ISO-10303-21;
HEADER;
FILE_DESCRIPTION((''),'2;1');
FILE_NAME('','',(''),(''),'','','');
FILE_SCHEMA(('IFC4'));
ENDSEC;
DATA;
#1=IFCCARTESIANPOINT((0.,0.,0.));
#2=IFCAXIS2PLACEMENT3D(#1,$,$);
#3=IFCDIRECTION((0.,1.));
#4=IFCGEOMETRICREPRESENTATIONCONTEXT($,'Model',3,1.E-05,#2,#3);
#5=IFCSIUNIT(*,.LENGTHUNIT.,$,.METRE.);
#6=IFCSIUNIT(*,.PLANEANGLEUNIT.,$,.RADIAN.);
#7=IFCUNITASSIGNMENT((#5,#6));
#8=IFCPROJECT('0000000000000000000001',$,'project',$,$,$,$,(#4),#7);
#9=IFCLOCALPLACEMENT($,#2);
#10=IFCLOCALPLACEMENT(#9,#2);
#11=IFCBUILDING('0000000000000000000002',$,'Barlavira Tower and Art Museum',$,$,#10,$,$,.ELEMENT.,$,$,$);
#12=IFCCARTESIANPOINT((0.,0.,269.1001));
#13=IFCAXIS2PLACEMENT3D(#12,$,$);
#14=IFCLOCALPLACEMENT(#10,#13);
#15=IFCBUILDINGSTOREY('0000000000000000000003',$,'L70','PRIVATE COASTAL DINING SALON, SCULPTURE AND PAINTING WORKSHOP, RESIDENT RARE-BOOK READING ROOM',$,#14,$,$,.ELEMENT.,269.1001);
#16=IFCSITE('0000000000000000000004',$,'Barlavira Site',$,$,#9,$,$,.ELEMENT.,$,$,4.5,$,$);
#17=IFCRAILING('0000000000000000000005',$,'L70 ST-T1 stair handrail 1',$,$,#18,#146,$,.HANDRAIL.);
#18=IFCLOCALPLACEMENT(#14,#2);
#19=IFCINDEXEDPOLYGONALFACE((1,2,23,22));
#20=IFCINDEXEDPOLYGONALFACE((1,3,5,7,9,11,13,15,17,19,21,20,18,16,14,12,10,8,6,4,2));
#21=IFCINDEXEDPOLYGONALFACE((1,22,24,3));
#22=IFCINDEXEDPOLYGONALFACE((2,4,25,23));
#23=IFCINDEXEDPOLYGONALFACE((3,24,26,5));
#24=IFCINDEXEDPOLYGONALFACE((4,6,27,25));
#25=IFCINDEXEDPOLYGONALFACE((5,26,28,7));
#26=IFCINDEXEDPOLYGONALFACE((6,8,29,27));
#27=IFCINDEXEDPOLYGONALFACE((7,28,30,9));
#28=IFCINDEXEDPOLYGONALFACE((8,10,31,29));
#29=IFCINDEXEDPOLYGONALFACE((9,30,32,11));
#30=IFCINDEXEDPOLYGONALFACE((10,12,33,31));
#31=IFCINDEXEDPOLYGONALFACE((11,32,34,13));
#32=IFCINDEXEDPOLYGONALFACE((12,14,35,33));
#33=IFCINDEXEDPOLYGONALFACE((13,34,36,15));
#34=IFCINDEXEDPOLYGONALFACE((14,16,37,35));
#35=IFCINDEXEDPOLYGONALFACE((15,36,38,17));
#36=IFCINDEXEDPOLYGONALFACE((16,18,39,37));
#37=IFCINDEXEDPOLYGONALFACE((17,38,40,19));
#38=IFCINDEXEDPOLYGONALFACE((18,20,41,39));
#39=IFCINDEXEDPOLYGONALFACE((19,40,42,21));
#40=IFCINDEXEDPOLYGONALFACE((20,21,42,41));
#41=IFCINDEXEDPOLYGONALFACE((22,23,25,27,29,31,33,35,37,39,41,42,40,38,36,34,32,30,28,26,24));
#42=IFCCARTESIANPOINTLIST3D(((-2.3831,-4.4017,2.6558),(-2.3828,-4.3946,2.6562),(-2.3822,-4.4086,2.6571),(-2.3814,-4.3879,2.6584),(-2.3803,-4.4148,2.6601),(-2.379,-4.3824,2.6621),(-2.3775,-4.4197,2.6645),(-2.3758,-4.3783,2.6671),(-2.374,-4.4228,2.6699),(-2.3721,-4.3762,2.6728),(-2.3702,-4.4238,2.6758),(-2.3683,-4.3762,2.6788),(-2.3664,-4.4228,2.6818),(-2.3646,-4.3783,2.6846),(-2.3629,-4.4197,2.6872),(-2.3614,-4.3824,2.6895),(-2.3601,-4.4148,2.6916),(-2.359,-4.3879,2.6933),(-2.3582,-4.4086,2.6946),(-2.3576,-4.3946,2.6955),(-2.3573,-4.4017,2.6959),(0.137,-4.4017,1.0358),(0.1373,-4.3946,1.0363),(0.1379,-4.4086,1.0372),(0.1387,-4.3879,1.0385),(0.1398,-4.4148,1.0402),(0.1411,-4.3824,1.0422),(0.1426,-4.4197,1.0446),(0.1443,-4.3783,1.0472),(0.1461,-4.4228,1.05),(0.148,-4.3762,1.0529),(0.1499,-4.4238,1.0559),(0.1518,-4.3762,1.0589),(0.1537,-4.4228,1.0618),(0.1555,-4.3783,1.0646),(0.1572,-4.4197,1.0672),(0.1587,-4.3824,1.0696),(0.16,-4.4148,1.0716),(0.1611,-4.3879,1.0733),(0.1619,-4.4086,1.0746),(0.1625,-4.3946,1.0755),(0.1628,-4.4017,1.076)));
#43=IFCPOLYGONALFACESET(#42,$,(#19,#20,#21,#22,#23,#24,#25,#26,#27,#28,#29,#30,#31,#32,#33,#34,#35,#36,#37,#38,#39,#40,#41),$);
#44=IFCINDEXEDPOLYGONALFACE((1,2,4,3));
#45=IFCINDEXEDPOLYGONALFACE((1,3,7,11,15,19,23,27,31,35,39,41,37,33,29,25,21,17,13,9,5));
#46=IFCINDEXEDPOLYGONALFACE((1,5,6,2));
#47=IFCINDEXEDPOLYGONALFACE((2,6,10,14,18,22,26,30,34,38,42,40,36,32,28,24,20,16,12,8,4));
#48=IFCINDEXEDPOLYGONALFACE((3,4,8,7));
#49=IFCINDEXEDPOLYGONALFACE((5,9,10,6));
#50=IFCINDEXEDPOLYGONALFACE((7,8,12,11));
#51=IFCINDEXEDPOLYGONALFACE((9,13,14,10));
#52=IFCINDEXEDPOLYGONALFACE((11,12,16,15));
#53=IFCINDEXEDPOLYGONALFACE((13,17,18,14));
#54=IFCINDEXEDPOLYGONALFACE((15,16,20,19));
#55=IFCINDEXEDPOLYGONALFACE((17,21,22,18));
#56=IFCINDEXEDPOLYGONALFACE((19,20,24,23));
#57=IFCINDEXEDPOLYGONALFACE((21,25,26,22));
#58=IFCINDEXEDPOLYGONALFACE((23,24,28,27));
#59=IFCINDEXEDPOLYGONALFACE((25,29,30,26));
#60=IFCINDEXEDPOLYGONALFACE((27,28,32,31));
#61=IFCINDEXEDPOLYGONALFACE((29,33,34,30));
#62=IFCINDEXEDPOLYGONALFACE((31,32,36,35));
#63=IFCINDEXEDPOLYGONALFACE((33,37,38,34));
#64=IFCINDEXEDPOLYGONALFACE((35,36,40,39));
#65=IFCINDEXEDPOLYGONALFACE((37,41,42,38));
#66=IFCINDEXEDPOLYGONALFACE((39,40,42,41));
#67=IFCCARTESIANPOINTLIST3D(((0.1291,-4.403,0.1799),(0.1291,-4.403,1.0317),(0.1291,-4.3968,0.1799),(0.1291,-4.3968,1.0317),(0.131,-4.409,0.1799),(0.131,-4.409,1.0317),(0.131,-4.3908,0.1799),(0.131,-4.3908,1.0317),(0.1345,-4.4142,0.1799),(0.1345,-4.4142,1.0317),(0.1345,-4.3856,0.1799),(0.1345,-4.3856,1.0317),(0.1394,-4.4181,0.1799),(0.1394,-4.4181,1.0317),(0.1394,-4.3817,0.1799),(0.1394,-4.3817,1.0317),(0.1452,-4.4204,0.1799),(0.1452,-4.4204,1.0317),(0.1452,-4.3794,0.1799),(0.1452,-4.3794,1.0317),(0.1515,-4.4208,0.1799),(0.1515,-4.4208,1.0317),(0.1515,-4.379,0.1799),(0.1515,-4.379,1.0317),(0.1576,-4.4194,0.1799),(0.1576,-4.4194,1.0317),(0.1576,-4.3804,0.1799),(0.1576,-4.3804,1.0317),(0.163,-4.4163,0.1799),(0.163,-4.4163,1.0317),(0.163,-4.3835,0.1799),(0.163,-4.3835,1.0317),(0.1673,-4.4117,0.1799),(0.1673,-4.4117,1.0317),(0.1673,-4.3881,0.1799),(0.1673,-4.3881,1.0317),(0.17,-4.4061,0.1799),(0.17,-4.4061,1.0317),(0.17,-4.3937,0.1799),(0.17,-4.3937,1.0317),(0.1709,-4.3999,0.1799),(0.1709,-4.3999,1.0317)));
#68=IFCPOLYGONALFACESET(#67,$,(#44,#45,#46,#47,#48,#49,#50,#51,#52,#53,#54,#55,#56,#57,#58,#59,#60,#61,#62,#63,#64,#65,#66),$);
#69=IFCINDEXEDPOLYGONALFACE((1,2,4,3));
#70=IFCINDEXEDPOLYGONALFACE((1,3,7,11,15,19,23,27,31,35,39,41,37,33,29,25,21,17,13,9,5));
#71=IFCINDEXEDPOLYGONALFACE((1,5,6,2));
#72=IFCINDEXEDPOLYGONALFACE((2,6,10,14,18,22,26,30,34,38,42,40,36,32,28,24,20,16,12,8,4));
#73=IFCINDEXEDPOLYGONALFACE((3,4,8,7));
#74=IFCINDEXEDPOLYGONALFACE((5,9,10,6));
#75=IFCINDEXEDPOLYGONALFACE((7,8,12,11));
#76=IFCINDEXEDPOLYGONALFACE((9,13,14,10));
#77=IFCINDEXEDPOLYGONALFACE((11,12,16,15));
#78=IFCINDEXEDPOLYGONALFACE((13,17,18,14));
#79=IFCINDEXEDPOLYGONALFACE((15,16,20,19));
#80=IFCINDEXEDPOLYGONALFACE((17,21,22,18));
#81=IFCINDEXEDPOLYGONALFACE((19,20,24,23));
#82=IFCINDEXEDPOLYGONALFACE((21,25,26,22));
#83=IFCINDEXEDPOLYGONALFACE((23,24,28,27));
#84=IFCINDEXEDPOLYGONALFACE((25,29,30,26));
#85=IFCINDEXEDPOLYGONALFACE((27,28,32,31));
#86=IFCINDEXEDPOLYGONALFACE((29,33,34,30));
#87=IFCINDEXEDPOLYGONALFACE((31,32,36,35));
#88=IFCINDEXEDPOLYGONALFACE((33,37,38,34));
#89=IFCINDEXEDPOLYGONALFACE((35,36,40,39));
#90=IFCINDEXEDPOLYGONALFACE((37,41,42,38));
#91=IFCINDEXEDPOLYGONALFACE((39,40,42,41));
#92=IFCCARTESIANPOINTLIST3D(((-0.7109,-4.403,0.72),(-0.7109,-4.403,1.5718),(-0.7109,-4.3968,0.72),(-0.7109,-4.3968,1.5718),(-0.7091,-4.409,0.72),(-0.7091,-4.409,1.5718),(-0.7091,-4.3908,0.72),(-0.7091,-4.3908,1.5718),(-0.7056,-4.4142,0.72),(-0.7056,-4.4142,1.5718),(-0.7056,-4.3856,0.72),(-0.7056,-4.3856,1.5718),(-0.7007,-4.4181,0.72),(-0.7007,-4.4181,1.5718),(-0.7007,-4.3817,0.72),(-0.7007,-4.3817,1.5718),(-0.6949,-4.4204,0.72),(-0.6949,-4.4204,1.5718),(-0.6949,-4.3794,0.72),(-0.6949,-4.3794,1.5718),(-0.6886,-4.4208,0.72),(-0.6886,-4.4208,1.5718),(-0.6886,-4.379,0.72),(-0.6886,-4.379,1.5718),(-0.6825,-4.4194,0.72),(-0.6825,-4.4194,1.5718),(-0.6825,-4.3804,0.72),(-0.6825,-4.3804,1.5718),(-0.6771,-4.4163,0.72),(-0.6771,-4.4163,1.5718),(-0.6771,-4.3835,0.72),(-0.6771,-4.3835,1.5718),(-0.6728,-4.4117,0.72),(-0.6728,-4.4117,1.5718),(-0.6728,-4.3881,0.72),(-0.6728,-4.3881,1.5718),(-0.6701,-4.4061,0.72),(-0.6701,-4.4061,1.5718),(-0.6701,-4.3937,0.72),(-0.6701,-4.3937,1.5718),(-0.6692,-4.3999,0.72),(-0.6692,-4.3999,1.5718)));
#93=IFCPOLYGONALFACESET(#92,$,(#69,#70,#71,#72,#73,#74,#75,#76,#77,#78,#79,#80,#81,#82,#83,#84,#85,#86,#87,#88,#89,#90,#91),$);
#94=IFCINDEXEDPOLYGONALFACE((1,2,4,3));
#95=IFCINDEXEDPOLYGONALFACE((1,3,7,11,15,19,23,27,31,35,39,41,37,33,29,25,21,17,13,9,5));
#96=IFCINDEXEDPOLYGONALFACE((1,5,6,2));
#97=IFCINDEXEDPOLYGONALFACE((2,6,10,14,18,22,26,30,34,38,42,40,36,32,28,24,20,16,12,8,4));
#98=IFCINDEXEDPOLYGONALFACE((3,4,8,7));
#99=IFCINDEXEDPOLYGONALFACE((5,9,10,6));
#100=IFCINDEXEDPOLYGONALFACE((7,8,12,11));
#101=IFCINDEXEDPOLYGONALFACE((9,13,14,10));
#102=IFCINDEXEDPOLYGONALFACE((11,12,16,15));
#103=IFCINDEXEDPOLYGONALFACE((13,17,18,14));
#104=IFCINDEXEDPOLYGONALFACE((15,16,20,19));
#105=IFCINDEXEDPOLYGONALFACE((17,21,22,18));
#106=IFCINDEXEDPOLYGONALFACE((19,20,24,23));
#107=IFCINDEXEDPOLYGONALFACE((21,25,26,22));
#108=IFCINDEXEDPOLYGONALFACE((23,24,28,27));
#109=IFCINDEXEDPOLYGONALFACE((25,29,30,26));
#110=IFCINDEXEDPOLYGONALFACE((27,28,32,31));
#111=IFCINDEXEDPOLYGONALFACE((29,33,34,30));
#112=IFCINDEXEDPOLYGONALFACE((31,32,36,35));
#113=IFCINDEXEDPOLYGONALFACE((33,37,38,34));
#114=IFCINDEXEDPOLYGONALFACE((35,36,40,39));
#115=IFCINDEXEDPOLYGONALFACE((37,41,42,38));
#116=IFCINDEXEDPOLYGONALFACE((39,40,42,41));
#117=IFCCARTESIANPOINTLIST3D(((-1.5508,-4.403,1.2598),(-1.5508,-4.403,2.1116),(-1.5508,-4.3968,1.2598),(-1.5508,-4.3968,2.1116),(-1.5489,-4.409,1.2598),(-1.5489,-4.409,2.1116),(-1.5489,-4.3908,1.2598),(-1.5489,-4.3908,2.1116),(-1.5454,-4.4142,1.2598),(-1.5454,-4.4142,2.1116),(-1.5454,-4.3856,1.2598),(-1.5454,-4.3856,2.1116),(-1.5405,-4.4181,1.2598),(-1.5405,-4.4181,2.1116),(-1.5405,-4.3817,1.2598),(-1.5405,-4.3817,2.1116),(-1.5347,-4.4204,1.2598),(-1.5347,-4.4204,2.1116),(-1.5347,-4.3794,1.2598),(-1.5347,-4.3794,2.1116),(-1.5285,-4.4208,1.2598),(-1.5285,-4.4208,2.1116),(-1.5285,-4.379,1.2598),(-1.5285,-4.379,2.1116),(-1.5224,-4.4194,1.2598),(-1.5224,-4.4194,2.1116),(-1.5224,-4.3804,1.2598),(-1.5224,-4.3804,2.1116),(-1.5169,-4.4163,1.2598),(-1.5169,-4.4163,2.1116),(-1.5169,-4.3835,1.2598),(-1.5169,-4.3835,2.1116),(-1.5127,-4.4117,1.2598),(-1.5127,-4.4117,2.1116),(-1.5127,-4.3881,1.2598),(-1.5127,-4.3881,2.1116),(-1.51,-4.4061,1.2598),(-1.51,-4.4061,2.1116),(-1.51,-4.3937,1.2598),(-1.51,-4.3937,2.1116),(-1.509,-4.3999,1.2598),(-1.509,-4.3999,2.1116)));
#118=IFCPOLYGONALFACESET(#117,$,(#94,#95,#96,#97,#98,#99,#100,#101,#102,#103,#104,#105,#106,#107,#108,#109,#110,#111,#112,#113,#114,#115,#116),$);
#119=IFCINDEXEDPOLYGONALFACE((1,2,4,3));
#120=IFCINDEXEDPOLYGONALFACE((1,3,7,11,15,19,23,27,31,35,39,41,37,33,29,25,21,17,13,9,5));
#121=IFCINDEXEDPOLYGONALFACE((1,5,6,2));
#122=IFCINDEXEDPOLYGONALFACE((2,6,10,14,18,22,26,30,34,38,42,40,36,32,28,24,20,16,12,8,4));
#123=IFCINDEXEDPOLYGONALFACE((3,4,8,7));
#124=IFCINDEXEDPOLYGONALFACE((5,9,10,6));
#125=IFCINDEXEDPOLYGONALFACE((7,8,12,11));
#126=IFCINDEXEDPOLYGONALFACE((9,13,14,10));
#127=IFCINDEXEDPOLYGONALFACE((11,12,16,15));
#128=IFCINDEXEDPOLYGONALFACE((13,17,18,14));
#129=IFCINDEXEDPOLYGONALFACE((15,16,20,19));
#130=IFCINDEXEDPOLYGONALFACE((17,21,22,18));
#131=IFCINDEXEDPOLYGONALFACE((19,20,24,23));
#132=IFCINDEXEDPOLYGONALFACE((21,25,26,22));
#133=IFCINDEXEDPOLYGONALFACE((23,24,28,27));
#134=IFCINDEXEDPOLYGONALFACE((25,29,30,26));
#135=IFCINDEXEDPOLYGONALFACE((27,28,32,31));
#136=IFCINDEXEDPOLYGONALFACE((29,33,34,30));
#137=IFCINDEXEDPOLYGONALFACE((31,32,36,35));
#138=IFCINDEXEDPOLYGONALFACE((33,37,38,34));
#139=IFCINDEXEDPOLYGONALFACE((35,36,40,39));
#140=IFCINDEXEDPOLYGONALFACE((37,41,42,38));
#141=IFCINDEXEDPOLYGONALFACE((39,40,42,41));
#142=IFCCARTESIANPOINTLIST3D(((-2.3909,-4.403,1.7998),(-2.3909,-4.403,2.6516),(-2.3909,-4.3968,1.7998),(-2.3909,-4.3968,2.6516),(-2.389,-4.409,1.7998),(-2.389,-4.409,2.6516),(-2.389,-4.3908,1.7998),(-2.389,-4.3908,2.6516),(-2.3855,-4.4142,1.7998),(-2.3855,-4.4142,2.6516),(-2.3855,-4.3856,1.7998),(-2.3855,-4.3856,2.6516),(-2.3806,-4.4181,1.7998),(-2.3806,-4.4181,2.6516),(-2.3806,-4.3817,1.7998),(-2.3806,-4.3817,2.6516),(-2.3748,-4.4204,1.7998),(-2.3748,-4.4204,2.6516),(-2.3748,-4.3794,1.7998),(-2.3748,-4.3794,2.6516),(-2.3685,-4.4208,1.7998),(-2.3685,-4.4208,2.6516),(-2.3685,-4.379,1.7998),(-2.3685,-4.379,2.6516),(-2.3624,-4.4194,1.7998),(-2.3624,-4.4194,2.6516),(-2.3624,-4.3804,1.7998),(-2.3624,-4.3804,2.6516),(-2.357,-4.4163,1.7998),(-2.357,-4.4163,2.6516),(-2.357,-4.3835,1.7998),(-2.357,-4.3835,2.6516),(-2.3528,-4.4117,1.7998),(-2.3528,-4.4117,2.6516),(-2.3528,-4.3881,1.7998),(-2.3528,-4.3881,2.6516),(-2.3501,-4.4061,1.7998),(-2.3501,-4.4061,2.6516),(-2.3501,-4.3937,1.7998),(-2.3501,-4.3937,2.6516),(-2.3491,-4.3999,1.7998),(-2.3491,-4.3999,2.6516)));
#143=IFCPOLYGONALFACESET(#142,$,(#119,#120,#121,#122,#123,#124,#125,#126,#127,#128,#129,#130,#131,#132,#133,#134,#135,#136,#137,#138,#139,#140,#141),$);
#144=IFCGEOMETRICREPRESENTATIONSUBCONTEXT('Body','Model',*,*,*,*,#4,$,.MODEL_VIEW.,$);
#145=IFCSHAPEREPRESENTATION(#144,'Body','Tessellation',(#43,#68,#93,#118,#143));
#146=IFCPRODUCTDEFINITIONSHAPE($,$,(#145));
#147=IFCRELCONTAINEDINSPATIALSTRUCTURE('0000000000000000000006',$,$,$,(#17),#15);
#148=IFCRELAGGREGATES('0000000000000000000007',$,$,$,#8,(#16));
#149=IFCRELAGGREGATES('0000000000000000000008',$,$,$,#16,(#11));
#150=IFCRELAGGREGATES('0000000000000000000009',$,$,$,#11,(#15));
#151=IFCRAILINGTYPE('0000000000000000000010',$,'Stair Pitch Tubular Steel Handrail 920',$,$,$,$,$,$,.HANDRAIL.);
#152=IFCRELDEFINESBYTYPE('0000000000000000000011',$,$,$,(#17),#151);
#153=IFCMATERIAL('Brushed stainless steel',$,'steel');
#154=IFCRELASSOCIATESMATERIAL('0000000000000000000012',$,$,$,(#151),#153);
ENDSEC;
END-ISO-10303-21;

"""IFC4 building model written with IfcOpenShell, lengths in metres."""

from ifc_helpers import new_model, si_unit, direction, frame, origin, origin_2d, place, context, subcontext, project, spatial, circle, extrude, material, type_object, element, save


model = new_model("IFC4")

# Units and contexts
model_context = context("Model", 3, precision=1e-05, world=origin(), true_north=direction((0.0, 1.0)))
body_context = subcontext(model_context, "Body", "Model", "MODEL_VIEW")
ifc_project = project(units=[si_unit("LENGTHUNIT", "METRE"), si_unit("PLANEANGLEUNIT", "RADIAN")], contexts=[model_context])

# Site, building, storey
site_placement = place(None, origin())
site = spatial("IfcSite", under=ifc_project, at=site_placement, Name="Barlavira Site", CompositionType="ELEMENT", RefElevation=4.5)
building_placement = place(site_placement, origin())
building = spatial("IfcBuilding", under=site, at=building_placement, Name="Barlavira Tower and Art Museum", CompositionType="ELEMENT")
storey_placement = place(building_placement, frame((0.0, 0.0, 269.1001)))
storey = spatial("IfcBuildingStorey", under=building, at=storey_placement, Name="L70", Description="PRIVATE COASTAL DINING SALON, SCULPTURE AND PAINTING WORKSHOP, RESIDENT RARE-BOOK READING ROOM", CompositionType="ELEMENT", Elevation=269.1001)

# Shared definitions
ifc_material_1 = material(Name="Brushed stainless steel", Category="steel")

# Railing
railing_type_1 = type_object("IfcRailingType", Name="Stair Pitch Tubular Steel Handrail 920", PredefinedType="HANDRAIL", material=ifc_material_1)
railing_1_placement = place(storey_placement, frame((0.1499, -4.3999, 0.1799)))
element("IfcRailing", 1, at=railing_1_placement, inside=storey, type_object=railing_type_1, Name="L70 ST-T1 stair handrail 1", PredefinedType="HANDRAIL", context=body_context, shape_type="SweptSolid", body=[
    extrude(circle(Radius=0.0239, at=origin_2d()), frame((0.0, 0.0, 0.876), z_axis=(-0.8412, 0.0, 0.540725), x_axis=(0.0, -1.0, 0.0)), (0.0, 0.0, 1.0), 2.9958),
    extrude(circle(Radius=0.021, at=origin_2d()), origin(), (0.0, 0.0, 1.0), 0.8518),
    extrude(circle(Radius=0.021, at=origin_2d()), frame((-0.8401, 0.0, 0.54)), (0.0, 0.0, 1.0), 0.8518),
    extrude(circle(Radius=0.021, at=origin_2d()), frame((-1.6799, 0.0, 1.0798)), (0.0, 0.0, 1.0), 0.8518),
    extrude(circle(Radius=0.021, at=origin_2d()), frame((-2.52, 0.0, 1.6199)), (0.0, 0.0, 1.0), 0.8518),
])

save(model, "model.ifc")
